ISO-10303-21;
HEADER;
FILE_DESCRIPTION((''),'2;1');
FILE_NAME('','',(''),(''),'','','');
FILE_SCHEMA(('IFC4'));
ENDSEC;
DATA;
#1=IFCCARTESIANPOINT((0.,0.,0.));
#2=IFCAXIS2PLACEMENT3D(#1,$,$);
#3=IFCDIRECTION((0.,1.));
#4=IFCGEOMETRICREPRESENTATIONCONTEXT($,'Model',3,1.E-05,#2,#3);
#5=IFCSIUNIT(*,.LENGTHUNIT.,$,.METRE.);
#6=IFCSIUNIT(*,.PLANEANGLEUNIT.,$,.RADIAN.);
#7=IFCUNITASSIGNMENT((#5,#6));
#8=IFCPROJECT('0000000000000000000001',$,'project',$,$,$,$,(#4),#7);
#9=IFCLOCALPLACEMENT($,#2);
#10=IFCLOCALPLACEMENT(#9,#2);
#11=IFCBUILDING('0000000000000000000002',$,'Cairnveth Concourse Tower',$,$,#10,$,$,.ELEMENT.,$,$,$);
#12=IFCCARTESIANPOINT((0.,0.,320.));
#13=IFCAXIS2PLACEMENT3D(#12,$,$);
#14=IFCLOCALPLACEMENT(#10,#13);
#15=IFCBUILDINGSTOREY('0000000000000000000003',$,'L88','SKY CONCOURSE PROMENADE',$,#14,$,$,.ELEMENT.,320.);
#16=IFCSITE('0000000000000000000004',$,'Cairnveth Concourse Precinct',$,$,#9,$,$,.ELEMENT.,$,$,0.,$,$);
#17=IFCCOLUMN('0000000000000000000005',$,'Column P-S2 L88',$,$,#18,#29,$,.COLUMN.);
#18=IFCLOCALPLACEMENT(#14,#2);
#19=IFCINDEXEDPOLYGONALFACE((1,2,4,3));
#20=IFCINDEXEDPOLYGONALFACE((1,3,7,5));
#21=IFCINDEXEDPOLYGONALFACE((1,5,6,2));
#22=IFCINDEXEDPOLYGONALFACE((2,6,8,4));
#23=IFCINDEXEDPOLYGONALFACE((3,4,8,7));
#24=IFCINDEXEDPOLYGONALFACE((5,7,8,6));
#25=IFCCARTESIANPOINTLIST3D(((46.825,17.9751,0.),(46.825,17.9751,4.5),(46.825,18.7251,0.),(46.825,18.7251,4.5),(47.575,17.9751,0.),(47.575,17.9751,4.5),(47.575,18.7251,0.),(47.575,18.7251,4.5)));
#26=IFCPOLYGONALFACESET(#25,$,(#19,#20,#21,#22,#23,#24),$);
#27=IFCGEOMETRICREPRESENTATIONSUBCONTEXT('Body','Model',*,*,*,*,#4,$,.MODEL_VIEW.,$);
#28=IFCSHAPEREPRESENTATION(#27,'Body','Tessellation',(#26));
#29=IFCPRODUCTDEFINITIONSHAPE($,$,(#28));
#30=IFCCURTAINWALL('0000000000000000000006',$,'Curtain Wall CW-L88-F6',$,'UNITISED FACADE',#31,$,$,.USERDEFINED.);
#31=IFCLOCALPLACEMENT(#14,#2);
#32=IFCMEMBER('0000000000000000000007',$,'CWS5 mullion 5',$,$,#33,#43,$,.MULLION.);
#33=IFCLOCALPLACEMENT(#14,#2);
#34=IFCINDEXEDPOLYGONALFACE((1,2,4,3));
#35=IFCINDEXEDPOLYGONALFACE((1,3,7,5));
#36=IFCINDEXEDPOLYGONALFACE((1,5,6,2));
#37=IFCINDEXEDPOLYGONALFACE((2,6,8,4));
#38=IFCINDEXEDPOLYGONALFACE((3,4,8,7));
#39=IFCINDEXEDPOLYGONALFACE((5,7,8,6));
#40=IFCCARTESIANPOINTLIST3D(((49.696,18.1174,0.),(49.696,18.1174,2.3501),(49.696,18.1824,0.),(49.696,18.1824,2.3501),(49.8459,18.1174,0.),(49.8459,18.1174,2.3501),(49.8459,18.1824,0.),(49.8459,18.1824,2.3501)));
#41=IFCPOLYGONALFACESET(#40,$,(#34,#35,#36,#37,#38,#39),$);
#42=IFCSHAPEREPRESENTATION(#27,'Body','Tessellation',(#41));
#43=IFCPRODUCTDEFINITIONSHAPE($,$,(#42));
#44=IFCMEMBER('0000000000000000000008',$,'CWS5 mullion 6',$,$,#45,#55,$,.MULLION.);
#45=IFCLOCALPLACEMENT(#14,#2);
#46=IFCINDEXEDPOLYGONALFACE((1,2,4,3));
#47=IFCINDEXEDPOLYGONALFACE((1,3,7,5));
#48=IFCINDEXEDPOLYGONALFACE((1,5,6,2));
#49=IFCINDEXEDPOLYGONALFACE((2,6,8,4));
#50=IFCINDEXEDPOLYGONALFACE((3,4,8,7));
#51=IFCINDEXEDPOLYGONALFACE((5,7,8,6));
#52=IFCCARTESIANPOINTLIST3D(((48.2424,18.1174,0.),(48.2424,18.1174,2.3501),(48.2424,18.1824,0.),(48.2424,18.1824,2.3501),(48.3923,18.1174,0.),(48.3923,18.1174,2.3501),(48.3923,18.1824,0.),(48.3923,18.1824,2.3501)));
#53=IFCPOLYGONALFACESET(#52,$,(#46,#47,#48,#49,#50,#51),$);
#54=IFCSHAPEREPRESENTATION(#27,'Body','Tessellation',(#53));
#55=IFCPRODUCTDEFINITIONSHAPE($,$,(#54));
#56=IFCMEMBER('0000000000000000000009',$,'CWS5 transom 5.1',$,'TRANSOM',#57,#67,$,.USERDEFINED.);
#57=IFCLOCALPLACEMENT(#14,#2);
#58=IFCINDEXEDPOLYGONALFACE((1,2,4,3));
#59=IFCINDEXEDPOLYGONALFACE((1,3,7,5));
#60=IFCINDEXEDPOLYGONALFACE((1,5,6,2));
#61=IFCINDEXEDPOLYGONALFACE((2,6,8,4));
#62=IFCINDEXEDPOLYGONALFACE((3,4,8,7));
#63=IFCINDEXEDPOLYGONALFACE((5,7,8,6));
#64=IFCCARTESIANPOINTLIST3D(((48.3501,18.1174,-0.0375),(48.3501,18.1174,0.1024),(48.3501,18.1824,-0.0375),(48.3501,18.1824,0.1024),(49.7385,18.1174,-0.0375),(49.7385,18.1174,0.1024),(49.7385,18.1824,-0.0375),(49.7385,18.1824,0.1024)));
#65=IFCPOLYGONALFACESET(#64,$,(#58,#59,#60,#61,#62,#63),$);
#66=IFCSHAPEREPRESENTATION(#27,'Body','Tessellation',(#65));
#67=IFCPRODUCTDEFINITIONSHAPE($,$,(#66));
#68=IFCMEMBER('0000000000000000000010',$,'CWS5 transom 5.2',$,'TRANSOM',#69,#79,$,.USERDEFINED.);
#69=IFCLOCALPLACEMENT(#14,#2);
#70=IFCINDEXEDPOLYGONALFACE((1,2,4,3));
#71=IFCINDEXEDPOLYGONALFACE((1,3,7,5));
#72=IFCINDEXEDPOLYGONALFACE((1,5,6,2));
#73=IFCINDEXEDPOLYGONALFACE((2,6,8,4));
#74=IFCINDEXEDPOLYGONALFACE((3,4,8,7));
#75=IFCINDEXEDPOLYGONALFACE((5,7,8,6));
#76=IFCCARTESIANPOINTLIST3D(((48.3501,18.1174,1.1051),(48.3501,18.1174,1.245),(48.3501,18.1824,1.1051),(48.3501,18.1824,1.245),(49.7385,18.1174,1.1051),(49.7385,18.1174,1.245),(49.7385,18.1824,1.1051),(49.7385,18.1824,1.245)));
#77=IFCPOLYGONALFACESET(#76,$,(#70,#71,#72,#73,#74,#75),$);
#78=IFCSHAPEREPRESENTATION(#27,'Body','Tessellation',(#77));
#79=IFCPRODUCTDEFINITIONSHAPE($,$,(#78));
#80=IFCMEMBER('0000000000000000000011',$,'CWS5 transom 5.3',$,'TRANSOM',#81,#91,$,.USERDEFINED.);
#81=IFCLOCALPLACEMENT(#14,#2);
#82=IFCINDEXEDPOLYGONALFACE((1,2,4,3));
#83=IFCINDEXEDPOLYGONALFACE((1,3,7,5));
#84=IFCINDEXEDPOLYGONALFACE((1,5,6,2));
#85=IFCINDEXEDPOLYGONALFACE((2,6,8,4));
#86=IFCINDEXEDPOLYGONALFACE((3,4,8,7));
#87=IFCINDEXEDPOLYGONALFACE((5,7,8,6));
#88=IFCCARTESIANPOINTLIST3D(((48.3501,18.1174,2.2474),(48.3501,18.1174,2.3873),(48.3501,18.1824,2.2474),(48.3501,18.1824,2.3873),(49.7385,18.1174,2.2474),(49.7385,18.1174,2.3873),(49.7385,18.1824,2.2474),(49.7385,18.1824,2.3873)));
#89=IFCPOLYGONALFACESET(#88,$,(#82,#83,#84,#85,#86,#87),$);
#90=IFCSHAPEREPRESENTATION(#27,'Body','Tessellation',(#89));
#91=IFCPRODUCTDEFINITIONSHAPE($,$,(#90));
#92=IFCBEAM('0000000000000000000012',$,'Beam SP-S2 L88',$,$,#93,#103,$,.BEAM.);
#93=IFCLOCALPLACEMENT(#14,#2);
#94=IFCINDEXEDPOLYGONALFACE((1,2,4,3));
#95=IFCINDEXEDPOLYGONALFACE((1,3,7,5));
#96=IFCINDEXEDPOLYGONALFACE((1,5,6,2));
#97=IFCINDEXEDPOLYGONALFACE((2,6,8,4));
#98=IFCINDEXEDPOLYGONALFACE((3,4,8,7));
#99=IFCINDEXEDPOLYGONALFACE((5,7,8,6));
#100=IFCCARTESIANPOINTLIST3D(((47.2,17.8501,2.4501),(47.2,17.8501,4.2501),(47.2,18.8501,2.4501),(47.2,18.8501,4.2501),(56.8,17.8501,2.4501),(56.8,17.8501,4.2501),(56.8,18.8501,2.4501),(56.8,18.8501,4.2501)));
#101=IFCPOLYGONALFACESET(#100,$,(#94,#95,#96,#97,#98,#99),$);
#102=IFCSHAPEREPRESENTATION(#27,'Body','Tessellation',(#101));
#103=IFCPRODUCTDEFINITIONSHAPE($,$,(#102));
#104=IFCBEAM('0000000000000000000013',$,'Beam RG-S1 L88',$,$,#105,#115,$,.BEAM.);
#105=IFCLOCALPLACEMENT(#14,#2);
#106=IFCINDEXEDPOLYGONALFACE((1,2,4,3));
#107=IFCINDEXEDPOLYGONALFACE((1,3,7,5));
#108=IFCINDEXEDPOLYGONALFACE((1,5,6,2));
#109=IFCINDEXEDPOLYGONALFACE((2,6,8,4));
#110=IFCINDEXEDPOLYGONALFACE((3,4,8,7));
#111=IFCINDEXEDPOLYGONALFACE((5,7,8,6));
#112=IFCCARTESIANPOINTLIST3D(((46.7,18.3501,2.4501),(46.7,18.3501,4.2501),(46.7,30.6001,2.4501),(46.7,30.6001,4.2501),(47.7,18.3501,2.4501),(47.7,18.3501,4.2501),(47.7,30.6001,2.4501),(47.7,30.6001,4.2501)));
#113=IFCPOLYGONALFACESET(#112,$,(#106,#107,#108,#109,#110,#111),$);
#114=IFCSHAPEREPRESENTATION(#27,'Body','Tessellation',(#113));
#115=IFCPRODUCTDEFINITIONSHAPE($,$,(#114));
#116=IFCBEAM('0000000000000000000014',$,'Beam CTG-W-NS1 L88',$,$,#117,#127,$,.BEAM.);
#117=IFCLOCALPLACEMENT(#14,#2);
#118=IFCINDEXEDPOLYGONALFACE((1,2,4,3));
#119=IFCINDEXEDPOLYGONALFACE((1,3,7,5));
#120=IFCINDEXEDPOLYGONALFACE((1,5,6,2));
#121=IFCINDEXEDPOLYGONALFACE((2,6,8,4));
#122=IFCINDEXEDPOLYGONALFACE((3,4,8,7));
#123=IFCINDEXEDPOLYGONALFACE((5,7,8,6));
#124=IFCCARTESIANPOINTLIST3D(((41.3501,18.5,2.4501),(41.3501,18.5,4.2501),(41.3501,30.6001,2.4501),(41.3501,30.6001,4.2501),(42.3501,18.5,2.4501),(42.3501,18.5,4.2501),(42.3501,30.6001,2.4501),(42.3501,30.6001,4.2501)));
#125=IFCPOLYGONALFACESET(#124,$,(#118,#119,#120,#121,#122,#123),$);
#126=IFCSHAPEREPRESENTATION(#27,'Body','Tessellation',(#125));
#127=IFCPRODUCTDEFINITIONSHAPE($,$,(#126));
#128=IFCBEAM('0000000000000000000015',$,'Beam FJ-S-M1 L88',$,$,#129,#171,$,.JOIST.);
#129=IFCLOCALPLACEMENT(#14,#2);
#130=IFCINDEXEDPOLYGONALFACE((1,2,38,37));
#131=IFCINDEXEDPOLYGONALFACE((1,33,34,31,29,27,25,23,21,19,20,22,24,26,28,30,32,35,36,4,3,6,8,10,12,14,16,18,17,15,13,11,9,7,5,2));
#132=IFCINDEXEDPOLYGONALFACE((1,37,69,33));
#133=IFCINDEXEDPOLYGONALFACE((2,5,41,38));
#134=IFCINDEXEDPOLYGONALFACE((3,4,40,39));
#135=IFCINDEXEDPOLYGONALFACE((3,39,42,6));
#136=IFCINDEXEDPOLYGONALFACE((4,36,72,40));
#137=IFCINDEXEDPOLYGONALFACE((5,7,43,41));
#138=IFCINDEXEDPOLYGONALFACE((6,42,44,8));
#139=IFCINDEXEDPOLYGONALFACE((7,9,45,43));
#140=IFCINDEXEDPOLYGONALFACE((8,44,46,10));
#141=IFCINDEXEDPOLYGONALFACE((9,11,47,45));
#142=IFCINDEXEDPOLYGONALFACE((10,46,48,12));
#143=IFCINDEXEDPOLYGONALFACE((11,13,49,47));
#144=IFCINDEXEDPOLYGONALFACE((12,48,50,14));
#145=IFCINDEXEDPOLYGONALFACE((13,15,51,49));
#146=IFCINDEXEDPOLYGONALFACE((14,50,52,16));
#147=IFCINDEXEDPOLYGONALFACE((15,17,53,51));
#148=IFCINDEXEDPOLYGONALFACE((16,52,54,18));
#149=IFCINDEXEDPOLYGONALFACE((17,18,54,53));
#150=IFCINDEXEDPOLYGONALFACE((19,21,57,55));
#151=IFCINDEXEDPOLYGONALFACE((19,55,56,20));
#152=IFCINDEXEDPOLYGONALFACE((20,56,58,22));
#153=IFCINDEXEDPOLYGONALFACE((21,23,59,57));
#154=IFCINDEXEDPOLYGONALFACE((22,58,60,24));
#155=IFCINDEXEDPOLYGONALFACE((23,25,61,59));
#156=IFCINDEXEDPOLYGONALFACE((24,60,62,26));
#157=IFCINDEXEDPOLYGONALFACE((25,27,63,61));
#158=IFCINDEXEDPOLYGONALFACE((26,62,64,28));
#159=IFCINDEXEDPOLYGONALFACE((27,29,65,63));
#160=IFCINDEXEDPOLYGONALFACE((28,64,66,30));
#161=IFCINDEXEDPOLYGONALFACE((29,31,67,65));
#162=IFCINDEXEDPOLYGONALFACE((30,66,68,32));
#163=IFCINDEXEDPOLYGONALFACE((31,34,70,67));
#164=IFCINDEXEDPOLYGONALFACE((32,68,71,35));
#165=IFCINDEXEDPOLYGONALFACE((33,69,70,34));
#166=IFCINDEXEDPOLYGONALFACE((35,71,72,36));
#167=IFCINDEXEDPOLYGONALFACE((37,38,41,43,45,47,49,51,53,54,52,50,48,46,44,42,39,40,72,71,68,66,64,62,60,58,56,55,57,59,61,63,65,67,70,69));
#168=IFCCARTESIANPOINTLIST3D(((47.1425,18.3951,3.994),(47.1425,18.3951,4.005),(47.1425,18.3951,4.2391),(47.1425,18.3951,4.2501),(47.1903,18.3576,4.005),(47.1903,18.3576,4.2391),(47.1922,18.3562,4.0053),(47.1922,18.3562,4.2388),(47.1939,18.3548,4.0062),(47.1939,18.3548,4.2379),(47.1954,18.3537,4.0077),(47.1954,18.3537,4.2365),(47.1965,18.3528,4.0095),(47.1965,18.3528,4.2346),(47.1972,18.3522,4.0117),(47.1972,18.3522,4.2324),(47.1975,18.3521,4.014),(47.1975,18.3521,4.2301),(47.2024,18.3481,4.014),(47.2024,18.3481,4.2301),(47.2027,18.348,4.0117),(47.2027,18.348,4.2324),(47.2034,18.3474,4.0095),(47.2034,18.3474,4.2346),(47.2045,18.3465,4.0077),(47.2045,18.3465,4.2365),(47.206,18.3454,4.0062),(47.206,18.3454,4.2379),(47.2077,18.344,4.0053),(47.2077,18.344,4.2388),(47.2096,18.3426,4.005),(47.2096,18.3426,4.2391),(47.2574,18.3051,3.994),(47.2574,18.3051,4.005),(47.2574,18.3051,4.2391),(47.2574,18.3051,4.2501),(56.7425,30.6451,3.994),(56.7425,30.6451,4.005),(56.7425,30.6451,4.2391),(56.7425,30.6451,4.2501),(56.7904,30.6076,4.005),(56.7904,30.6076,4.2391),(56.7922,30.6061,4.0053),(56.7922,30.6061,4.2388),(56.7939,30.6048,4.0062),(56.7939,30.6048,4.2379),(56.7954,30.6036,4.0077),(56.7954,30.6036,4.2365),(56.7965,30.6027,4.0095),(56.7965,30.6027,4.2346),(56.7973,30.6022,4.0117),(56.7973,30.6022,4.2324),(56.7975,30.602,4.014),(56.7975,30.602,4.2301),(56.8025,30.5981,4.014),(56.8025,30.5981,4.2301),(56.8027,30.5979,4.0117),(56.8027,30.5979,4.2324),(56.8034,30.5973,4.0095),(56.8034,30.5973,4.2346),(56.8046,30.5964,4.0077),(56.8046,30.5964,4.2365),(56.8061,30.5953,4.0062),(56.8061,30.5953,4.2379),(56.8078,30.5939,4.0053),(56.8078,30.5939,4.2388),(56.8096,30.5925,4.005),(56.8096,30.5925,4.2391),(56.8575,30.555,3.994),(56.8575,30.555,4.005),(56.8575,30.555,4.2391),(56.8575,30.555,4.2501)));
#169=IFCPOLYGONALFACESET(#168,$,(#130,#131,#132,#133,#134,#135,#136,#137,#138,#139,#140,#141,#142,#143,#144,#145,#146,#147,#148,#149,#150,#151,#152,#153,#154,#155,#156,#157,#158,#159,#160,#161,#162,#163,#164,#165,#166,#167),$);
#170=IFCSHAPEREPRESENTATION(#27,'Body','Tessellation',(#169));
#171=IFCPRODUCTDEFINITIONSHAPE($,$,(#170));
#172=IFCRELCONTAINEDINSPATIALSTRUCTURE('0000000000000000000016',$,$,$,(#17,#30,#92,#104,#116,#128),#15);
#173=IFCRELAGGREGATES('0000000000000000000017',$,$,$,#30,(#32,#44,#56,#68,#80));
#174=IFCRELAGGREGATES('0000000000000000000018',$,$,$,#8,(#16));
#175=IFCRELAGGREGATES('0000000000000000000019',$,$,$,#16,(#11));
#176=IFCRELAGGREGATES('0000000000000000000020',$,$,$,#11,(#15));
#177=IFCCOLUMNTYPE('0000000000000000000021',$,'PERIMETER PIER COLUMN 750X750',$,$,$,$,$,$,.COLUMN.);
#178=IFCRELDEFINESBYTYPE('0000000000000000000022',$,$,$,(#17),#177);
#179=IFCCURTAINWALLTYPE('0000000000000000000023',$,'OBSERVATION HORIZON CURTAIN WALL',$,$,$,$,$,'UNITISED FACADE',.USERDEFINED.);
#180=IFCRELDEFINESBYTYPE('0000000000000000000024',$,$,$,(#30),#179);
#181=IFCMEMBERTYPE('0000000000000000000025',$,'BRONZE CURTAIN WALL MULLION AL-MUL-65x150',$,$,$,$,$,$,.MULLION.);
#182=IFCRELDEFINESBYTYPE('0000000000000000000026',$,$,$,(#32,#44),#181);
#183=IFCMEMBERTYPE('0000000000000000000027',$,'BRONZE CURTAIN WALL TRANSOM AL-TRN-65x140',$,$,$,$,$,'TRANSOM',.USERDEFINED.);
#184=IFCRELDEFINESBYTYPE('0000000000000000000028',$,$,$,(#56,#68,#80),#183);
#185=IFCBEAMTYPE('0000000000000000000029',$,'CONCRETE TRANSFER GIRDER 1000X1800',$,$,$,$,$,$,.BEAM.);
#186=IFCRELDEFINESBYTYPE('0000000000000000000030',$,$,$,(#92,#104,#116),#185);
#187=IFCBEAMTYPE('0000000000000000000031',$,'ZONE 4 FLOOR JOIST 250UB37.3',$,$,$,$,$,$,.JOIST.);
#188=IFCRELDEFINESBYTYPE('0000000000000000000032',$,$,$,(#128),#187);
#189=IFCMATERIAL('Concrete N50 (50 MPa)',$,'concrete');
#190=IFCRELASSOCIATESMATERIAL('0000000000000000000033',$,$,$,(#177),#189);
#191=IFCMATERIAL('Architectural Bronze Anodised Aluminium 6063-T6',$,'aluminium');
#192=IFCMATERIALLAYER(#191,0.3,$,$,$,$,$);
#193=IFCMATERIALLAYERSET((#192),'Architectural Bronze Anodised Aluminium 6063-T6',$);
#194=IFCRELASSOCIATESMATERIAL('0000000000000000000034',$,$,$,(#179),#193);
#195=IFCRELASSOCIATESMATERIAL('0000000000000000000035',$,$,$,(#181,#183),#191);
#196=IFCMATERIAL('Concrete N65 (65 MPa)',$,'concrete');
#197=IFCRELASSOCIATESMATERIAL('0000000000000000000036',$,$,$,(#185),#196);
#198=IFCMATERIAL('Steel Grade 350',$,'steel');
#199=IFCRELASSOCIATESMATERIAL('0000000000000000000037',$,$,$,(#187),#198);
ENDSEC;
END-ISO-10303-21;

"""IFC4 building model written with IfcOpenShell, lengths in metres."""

from ifc_helpers import new_model, si_unit, direction, frame, origin, origin_2d, place, context, subcontext, project, spatial, rectangle, i_section, extrude, material, layer, layer_set, material_profile, profile_set, type_object, element, aggregate, save


model = new_model("IFC4")

# Units and contexts
model_context = context("Model", 3, precision=1e-05, world=origin(), true_north=direction((0.0, 1.0)))
body_context = subcontext(model_context, "Body", "Model", "MODEL_VIEW")
ifc_project = project(units=[si_unit("LENGTHUNIT", "METRE"), si_unit("PLANEANGLEUNIT", "RADIAN")], contexts=[model_context])

# Site, building, storey
site_placement = place(None, origin())
site = spatial("IfcSite", under=ifc_project, at=site_placement, Name="Cairnveth Concourse Precinct", CompositionType="ELEMENT", RefElevation=0.0)
building_placement = place(site_placement, origin())
building = spatial("IfcBuilding", under=site, at=building_placement, Name="Cairnveth Concourse Tower", CompositionType="ELEMENT")
storey_placement = place(building_placement, frame((0.0, 0.0, 320.0)))
storey = spatial("IfcBuildingStorey", under=building, at=storey_placement, Name="L88", Description="SKY CONCOURSE PROMENADE", CompositionType="ELEMENT", Elevation=320.0)

# Column
ifc_material_1 = material(Name="Concrete N50 (50 MPa)", Category="concrete")
ifc_material_profile_1 = material_profile(ifc_material_1, rectangle(XDim=0.75, YDim=0.75, at=origin_2d()), Name="RC-COL-750x750")
ifc_profile_set_1 = profile_set([ifc_material_profile_1], Name="Concrete N50 (50 MPa)")
column_type = type_object("IfcColumnType", Name="PERIMETER PIER COLUMN 750X750", PredefinedType="COLUMN", material=ifc_profile_set_1)
column_placement = place(storey_placement, frame((47.2, 18.3501, 0.0), z_axis=(0.0, 0.0, 1.0), x_axis=(1.0, 0.0, 0.0)))
element("IfcColumn", 1, at=column_placement, inside=storey, type_object=column_type, Name="Column P-S2 L88", PredefinedType="COLUMN", context=body_context, shape_type="SweptSolid", body=[
    extrude(rectangle(XDim=0.75, YDim=0.75, at=origin_2d()), origin(), (0.0, 0.0, 1.0), 4.5),
])

# Curtain wall, members
ifc_material_2 = material(Name="Architectural Bronze Anodised Aluminium 6063-T6", Category="aluminium")
ifc_layer_1 = layer(ifc_material_2, 0.3)
ifc_layer_set_1 = layer_set([ifc_layer_1], Name="Architectural Bronze Anodised Aluminium 6063-T6")
curtain_wall_type = type_object("IfcCurtainWallType", Name="OBSERVATION HORIZON CURTAIN WALL", ElementType="UNITISED FACADE", PredefinedType="USERDEFINED", material=ifc_layer_set_1)
curtain_wall_placement = place(storey_placement, origin())
curtain_wall = element("IfcCurtainWall", 2, at=curtain_wall_placement, inside=storey, type_object=curtain_wall_type, Name="Curtain Wall CW-L88-F6", ObjectType="UNITISED FACADE", PredefinedType="USERDEFINED")
ifc_material_profile_2 = material_profile(ifc_material_2, rectangle(XDim=0.0649, YDim=0.1499, at=origin_2d()), Name="AL-MUL-65x150")
ifc_profile_set_2 = profile_set([ifc_material_profile_2], Name="Architectural Bronze Anodised Aluminium 6063-T6")
member_type_1 = type_object("IfcMemberType", Name="BRONZE CURTAIN WALL MULLION AL-MUL-65x150", PredefinedType="MULLION", material=ifc_profile_set_2)
member_1_placement = place(storey_placement, frame((49.771, 18.1499, 0.0), z_axis=(0.0, 0.0, 1.0), x_axis=(0.0, -1.0, 0.0)))
member_1 = element("IfcMember", 3, at=member_1_placement, type_object=member_type_1, Name="CWS5 mullion 5", PredefinedType="MULLION", context=body_context, shape_type="SweptSolid", body=[
    extrude(rectangle(XDim=0.0649, YDim=0.1499, at=origin_2d()), origin(), (0.0, 0.0, 1.0), 2.3501),
])
member_2_placement = place(storey_placement, frame((48.3174, 18.1499, 0.0), z_axis=(0.0, 0.0, 1.0), x_axis=(0.0, -1.0, 0.0)))
member_2 = element("IfcMember", 4, at=member_2_placement, type_object=member_type_1, Name="CWS5 mullion 6", PredefinedType="MULLION", context=body_context, shape_type="SweptSolid", body=[
    extrude(rectangle(XDim=0.0649, YDim=0.1499, at=origin_2d()), origin(), (0.0, 0.0, 1.0), 2.3501),
])
ifc_material_profile_3 = material_profile(ifc_material_2, rectangle(XDim=0.0649, YDim=0.1399, at=origin_2d()), Name="AL-TRN-65x140")
ifc_profile_set_3 = profile_set([ifc_material_profile_3], Name="Architectural Bronze Anodised Aluminium 6063-T6")
member_type_2 = type_object("IfcMemberType", Name="BRONZE CURTAIN WALL TRANSOM AL-TRN-65x140", ElementType="TRANSOM", PredefinedType="USERDEFINED", material=ifc_profile_set_3)
member_3_placement = place(storey_placement, frame((49.7385, 18.1499, 0.0325), z_axis=(-1.0, 0.0, 0.0), x_axis=(0.0, -1.0, 0.0)))
member_3 = element("IfcMember", 5, at=member_3_placement, type_object=member_type_2, Name="CWS5 transom 5.1", ObjectType="TRANSOM", PredefinedType="USERDEFINED", context=body_context, shape_type="SweptSolid", body=[
    extrude(rectangle(XDim=0.0649, YDim=0.1399, at=origin_2d()), origin(), (0.0, 0.0, 1.0), 1.3884),
])
member_4_placement = place(storey_placement, frame((49.7385, 18.1499, 1.175), z_axis=(-1.0, 0.0, 0.0), x_axis=(0.0, -1.0, 0.0)))
member_4 = element("IfcMember", 6, at=member_4_placement, type_object=member_type_2, Name="CWS5 transom 5.2", ObjectType="TRANSOM", PredefinedType="USERDEFINED", context=body_context, shape_type="SweptSolid", body=[
    extrude(rectangle(XDim=0.0649, YDim=0.1399, at=origin_2d()), origin(), (0.0, 0.0, 1.0), 1.3884),
])
member_5_placement = place(storey_placement, frame((49.7385, 18.1499, 2.3174), z_axis=(-1.0, 0.0, 0.0), x_axis=(0.0, -1.0, 0.0)))
member_5 = element("IfcMember", 7, at=member_5_placement, type_object=member_type_2, Name="CWS5 transom 5.3", ObjectType="TRANSOM", PredefinedType="USERDEFINED", context=body_context, shape_type="SweptSolid", body=[
    extrude(rectangle(XDim=0.0649, YDim=0.1399, at=origin_2d()), origin(), (0.0, 0.0, 1.0), 1.3884),
])

# Beams
ifc_material_3 = material(Name="Concrete N65 (65 MPa)", Category="concrete")
ifc_material_profile_4 = material_profile(ifc_material_3, rectangle(XDim=1.0, YDim=1.8, at=origin_2d()), Name="RC-TB-1000x1800")
ifc_profile_set_4 = profile_set([ifc_material_profile_4], Name="Concrete N65 (65 MPa)")
beam_type_1 = type_object("IfcBeamType", Name="CONCRETE TRANSFER GIRDER 1000X1800", PredefinedType="BEAM", material=ifc_profile_set_4)
beam_1_placement = place(storey_placement, frame((47.2, 18.3501, 3.3501), z_axis=(1.0, 0.0, 0.0), x_axis=(0.0, 1.0, 0.0)))
element("IfcBeam", 8, at=beam_1_placement, inside=storey, type_object=beam_type_1, Name="Beam SP-S2 L88", PredefinedType="BEAM", context=body_context, shape_type="SweptSolid", body=[
    extrude(rectangle(XDim=1.0, YDim=1.8, at=origin_2d()), origin(), (0.0, 0.0, 1.0), 9.6001),
])
beam_2_placement = place(storey_placement, frame((47.2, 18.3501, 3.3501), z_axis=(0.0, 1.0, 0.0), x_axis=(-1.0, 0.0, 0.0)))
element("IfcBeam", 9, at=beam_2_placement, inside=storey, type_object=beam_type_1, Name="Beam RG-S1 L88", PredefinedType="BEAM", context=body_context, shape_type="SweptSolid", body=[
    extrude(rectangle(XDim=1.0, YDim=1.8, at=origin_2d()), origin(), (0.0, 0.0, 1.0), 12.25),
])
beam_3_placement = place(storey_placement, frame((41.8501, 18.5, 3.3501), z_axis=(0.0, 1.0, 0.0), x_axis=(-1.0, 0.0, 0.0)))
element("IfcBeam", 10, at=beam_3_placement, inside=storey, type_object=beam_type_1, Name="Beam CTG-W-NS1 L88", PredefinedType="BEAM", context=body_context, shape_type="SweptSolid", body=[
    extrude(rectangle(XDim=1.0, YDim=1.8, at=origin_2d()), origin(), (0.0, 0.0, 1.0), 12.1001),
])
ifc_material_4 = material(Name="Steel Grade 350", Category="steel")
ifc_material_profile_5 = material_profile(ifc_material_4, i_section(OverallWidth=0.146, OverallDepth=0.2561, WebThickness=0.0063, FlangeThickness=0.011, FilletRadius=0.009, at=origin_2d()), Name="250UB37.3")
ifc_profile_set_5 = profile_set([ifc_material_profile_5], Name="Steel Grade 350")
beam_type_2 = type_object("IfcBeamType", Name="ZONE 4 FLOOR JOIST 250UB37.3", PredefinedType="JOIST", material=ifc_profile_set_5)
beam_4_placement = place(storey_placement, frame((47.2, 18.3501, 4.1221), z_axis=(0.616832, 0.787095, 0.0), x_axis=(-0.787095, 0.616832, 0.0)))
element("IfcBeam", 11, at=beam_4_placement, inside=storey, type_object=beam_type_2, Name="Beam FJ-S-M1 L88", PredefinedType="JOIST", context=body_context, shape_type="SweptSolid", body=[
    extrude(i_section(OverallWidth=0.146, OverallDepth=0.2561, WebThickness=0.0063, FlangeThickness=0.011, FilletRadius=0.009, at=origin_2d()), origin(), (0.0, 0.0, 1.0), 15.5635),
])

aggregate(curtain_wall, [member_1, member_2, member_3, member_4, member_5])

save(model, "model.ifc")
